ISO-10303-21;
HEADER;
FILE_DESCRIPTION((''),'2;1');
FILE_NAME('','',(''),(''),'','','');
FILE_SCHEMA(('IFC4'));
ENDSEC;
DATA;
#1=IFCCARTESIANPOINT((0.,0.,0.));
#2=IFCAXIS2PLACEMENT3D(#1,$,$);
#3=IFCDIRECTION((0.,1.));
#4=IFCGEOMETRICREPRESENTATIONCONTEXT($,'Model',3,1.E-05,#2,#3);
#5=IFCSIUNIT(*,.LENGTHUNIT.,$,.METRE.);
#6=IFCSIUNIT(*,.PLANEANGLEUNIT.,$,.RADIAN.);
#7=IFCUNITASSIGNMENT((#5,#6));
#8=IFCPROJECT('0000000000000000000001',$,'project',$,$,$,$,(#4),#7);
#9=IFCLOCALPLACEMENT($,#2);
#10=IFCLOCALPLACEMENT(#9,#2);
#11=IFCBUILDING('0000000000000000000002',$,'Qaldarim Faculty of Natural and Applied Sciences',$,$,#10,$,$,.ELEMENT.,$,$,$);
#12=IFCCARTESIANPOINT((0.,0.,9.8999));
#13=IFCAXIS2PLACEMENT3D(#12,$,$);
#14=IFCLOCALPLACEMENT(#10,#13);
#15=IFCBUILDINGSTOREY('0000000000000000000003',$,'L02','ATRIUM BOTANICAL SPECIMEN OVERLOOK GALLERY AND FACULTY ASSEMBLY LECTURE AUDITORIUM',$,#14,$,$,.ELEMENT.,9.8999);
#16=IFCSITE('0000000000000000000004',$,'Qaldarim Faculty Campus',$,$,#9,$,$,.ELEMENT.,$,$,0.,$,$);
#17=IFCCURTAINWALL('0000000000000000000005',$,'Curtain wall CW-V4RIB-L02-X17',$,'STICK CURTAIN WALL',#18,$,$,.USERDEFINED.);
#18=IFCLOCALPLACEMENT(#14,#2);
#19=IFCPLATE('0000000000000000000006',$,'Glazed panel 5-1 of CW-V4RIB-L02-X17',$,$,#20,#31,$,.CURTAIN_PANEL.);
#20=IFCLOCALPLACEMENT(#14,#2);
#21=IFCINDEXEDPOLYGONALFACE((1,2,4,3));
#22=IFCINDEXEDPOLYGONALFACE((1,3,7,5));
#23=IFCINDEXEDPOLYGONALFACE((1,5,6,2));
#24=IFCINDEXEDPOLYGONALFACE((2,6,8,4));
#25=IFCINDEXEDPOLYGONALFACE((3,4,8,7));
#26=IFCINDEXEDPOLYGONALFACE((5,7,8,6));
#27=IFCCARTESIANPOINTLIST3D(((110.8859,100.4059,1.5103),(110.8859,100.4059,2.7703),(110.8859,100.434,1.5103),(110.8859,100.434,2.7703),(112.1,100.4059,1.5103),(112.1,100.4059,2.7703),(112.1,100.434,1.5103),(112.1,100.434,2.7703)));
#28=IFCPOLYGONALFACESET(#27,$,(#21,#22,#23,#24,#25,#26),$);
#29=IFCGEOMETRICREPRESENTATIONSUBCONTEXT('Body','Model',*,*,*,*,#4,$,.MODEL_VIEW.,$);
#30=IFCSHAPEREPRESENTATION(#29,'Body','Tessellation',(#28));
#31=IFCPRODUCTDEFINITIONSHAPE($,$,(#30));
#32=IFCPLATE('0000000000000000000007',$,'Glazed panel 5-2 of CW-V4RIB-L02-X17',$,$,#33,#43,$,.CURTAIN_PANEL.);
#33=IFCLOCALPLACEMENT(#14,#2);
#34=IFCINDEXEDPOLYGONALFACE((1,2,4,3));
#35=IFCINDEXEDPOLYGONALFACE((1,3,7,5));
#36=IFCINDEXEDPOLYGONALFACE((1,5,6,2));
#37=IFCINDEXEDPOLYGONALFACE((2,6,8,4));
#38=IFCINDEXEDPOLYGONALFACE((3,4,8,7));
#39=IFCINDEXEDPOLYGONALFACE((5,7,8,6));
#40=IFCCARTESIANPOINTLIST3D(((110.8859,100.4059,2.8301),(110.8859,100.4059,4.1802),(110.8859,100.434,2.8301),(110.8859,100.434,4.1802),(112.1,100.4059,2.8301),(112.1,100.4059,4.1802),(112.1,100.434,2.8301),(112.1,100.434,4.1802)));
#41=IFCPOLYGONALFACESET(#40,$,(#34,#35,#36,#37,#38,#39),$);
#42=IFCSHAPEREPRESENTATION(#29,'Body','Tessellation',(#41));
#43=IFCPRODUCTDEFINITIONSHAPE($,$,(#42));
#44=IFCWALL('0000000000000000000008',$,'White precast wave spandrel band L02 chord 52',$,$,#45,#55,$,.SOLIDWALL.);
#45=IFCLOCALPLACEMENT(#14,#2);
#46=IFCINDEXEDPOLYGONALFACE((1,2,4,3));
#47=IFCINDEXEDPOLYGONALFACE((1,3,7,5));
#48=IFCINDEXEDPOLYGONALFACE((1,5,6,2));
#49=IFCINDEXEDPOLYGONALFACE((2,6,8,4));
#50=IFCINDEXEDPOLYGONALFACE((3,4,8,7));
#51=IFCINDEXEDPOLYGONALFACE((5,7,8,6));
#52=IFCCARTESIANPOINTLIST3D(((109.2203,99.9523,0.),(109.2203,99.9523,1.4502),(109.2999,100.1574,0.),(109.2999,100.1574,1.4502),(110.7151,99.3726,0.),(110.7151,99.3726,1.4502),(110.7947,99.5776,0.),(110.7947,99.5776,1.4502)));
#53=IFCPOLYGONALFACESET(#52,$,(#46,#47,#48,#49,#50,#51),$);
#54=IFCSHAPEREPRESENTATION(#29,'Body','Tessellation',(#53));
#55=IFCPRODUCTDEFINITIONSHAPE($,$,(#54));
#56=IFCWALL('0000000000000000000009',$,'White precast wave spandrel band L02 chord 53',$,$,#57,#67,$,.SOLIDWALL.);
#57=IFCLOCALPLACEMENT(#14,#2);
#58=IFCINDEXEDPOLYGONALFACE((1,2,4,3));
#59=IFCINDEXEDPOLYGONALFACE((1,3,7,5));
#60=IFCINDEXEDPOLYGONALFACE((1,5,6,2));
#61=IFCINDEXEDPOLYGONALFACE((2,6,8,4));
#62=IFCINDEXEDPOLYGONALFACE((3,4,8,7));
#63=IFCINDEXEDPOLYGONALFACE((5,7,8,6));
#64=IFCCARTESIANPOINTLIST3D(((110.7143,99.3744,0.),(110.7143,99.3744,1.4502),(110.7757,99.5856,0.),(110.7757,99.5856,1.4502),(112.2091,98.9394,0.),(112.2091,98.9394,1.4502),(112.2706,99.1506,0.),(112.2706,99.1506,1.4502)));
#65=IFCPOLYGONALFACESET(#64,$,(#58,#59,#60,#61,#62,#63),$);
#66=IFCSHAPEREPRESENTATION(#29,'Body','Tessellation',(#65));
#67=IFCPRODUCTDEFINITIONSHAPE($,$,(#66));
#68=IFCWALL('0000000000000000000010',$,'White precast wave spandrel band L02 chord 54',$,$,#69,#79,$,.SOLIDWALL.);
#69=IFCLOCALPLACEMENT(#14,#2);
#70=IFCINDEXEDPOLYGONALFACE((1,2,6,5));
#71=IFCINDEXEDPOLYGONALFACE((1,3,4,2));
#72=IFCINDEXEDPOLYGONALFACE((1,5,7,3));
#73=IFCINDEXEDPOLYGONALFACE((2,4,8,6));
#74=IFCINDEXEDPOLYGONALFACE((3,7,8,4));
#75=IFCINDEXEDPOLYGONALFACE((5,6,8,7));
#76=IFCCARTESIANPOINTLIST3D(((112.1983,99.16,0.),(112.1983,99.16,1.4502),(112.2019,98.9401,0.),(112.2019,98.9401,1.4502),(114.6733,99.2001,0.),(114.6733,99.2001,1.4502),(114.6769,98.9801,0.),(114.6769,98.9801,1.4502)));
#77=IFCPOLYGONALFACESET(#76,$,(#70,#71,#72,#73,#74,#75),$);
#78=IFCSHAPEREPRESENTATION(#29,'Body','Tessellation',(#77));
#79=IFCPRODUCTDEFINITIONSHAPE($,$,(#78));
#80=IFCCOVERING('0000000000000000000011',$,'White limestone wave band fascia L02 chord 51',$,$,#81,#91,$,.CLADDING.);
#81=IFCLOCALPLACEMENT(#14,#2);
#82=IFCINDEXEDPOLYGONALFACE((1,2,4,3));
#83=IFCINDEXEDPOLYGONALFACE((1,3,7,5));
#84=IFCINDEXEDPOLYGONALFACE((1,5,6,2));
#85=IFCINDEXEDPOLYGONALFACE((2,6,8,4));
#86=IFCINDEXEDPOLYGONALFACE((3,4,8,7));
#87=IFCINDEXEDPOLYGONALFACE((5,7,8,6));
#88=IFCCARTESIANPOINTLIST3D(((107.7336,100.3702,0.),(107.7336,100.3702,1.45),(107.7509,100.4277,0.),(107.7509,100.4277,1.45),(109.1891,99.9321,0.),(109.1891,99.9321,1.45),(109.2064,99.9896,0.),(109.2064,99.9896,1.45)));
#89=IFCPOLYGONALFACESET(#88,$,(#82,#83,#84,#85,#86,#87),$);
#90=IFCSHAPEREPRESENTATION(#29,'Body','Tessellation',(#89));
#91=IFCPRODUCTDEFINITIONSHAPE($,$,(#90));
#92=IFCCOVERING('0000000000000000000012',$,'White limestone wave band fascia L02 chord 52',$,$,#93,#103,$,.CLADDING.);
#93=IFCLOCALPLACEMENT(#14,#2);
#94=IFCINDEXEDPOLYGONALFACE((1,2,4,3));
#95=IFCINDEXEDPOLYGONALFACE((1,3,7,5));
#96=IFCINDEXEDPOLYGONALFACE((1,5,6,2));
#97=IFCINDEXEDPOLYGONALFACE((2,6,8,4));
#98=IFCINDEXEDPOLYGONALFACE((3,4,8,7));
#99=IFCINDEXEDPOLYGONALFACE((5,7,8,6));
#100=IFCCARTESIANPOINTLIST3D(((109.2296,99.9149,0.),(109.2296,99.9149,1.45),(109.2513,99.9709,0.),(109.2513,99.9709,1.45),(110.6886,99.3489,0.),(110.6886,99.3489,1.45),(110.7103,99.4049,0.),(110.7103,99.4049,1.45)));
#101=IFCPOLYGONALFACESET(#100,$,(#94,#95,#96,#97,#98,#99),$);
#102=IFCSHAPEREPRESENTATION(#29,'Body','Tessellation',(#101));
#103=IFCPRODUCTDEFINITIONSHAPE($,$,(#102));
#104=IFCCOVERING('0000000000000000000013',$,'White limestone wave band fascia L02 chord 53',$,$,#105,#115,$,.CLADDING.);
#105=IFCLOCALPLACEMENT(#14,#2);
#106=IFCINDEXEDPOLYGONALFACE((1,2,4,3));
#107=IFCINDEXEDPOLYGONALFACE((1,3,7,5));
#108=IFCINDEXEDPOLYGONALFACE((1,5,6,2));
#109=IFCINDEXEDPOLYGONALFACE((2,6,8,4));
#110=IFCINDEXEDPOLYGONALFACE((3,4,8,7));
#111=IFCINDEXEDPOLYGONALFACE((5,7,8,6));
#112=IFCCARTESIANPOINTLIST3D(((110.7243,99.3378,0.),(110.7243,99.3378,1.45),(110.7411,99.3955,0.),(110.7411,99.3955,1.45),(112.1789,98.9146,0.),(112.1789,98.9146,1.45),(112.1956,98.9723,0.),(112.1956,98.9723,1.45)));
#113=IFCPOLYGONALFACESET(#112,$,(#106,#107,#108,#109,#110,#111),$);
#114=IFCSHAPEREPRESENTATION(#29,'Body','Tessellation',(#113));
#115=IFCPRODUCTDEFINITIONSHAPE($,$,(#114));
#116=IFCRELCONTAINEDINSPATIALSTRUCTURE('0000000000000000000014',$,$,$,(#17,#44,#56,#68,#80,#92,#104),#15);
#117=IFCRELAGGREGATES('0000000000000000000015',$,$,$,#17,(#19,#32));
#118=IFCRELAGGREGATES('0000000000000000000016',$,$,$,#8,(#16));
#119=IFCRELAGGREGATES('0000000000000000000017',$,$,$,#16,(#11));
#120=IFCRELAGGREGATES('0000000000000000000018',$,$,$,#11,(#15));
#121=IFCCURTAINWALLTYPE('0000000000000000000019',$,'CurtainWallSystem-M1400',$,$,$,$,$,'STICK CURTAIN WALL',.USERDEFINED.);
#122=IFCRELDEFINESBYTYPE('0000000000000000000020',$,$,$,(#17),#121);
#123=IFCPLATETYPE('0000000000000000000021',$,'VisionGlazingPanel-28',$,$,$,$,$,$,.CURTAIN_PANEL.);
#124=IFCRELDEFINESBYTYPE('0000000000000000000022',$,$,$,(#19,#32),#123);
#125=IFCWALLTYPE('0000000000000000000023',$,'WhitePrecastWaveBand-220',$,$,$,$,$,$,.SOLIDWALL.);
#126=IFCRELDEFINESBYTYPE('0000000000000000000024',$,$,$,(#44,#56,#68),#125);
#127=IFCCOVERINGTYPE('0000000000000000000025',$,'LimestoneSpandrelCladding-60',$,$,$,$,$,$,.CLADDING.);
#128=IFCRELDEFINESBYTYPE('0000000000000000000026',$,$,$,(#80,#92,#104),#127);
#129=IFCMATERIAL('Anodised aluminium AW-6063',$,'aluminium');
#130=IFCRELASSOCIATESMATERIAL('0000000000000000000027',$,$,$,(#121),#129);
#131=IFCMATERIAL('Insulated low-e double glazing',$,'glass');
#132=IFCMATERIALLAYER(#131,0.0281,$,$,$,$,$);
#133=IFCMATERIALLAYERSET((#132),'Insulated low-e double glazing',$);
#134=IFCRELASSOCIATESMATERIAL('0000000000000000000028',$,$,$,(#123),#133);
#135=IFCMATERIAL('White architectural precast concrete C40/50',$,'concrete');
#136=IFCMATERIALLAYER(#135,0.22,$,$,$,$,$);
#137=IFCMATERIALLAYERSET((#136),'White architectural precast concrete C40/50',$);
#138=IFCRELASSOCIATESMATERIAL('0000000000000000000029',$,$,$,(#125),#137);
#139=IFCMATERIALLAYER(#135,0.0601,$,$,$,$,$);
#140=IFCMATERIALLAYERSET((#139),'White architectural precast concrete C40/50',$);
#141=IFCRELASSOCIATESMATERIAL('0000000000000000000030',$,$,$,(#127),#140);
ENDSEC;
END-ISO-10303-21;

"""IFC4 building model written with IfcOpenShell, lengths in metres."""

from ifc_helpers import new_model, si_unit, direction, frame, frame_2d, origin, origin_2d, place, context, subcontext, project, spatial, rectangle, extrude, material, layer, layer_set, type_object, element, aggregate, save


model = new_model("IFC4")

# Units and contexts
model_context = context("Model", 3, precision=1e-05, world=origin(), true_north=direction((0.0, 1.0)))
body_context = subcontext(model_context, "Body", "Model", "MODEL_VIEW")
ifc_project = project(units=[si_unit("LENGTHUNIT", "METRE"), si_unit("PLANEANGLEUNIT", "RADIAN")], contexts=[model_context])

# Site, building, storey
site_placement = place(None, origin())
site = spatial("IfcSite", under=ifc_project, at=site_placement, Name="Qaldarim Faculty Campus", CompositionType="ELEMENT", RefElevation=0.0)
building_placement = place(site_placement, origin())
building = spatial("IfcBuilding", under=site, at=building_placement, Name="Qaldarim Faculty of Natural and Applied Sciences", CompositionType="ELEMENT")
storey_placement = place(building_placement, frame((0.0, 0.0, 9.8999)))
storey = spatial("IfcBuildingStorey", under=building, at=storey_placement, Name="L02", Description="ATRIUM BOTANICAL SPECIMEN OVERLOOK GALLERY AND FACULTY ASSEMBLY LECTURE AUDITORIUM", CompositionType="ELEMENT", Elevation=9.8999)

# Curtain wall, plates
ifc_material_1 = material(Name="Anodised aluminium AW-6063", Category="aluminium")
curtain_wall_type = type_object("IfcCurtainWallType", Name="CurtainWallSystem-M1400", ElementType="STICK CURTAIN WALL", PredefinedType="USERDEFINED", material=ifc_material_1)
curtain_wall_placement = place(storey_placement, origin())
curtain_wall = element("IfcCurtainWall", 1, at=curtain_wall_placement, inside=storey, type_object=curtain_wall_type, Name="Curtain wall CW-V4RIB-L02-X17", ObjectType="STICK CURTAIN WALL", PredefinedType="USERDEFINED")
ifc_material_2 = material(Name="Insulated low-e double glazing", Category="glass")
ifc_layer_1 = layer(ifc_material_2, 0.0281)
ifc_layer_set_1 = layer_set([ifc_layer_1], Name="Insulated low-e double glazing")
plate_type = type_object("IfcPlateType", Name="VisionGlazingPanel-28", PredefinedType="CURTAIN_PANEL", material=ifc_layer_set_1)
plate_1_placement = place(storey_placement, frame((111.4929, 100.4199, 1.5103), z_axis=(0.0, 0.0, 1.0), x_axis=(1.0, 0.0, 0.0)))
plate_1 = element("IfcPlate", 2, at=plate_1_placement, type_object=plate_type, Name="Glazed panel 5-1 of CW-V4RIB-L02-X17", PredefinedType="CURTAIN_PANEL", context=body_context, shape_type="SweptSolid", body=[
    extrude(rectangle(XDim=1.2141, YDim=0.0281, at=origin_2d()), origin(), (0.0, 0.0, 1.0), 1.26),
])
plate_2_placement = place(storey_placement, frame((111.4929, 100.4199, 2.8301), z_axis=(0.0, 0.0, 1.0), x_axis=(1.0, 0.0, 0.0)))
plate_2 = element("IfcPlate", 3, at=plate_2_placement, type_object=plate_type, Name="Glazed panel 5-2 of CW-V4RIB-L02-X17", PredefinedType="CURTAIN_PANEL", context=body_context, shape_type="SweptSolid", body=[
    extrude(rectangle(XDim=1.2141, YDim=0.0281, at=origin_2d()), origin(), (0.0, 0.0, 1.0), 1.3501),
])
aggregate(curtain_wall, [plate_1, plate_2])

# Walls
ifc_material_3 = material(Name="White architectural precast concrete C40/50", Category="concrete")
ifc_layer_2 = layer(ifc_material_3, 0.22)
ifc_layer_set_2 = layer_set([ifc_layer_2], Name="White architectural precast concrete C40/50")
wall_type = type_object("IfcWallType", Name="WhitePrecastWaveBand-220", PredefinedType="SOLIDWALL", material=ifc_layer_set_2)
wall_1_placement = place(storey_placement, frame((109.26, 100.0549, 0.0), z_axis=(0.0, 0.0, 1.0), x_axis=(0.932322, -0.361631, 0.0)))
element("IfcWall", 4, at=wall_1_placement, inside=storey, type_object=wall_type, Name="White precast wave spandrel band L02 chord 52", PredefinedType="SOLIDWALL", context=body_context, shape_type="SweptSolid", body=[
    extrude(rectangle(XDim=1.6033, YDim=0.22, at=frame_2d((0.8018, 0.0))), origin(), (0.0, 0.0, 1.0), 1.4502),
])
wall_2_placement = place(storey_placement, frame((110.7451, 99.48, 0.0), z_axis=(0.0, 0.0, 1.0), x_axis=(0.960163, -0.27944, 0.0)))
element("IfcWall", 5, at=wall_2_placement, inside=storey, type_object=wall_type, Name="White precast wave spandrel band L02 chord 53", PredefinedType="SOLIDWALL", context=body_context, shape_type="SweptSolid", body=[
    extrude(rectangle(XDim=1.5569, YDim=0.22, at=frame_2d((0.7783, 0.0))), origin(), (0.0, 0.0, 1.0), 1.4502),
])
wall_3_placement = place(storey_placement, frame((112.2, 99.05, 0.0), z_axis=(0.0, 0.0, 1.0), x_axis=(0.999869, 0.016175, 0.0)))
element("IfcWall", 6, at=wall_3_placement, inside=storey, type_object=wall_type, Name="White precast wave spandrel band L02 chord 54", PredefinedType="SOLIDWALL", context=body_context, shape_type="SweptSolid", body=[
    extrude(rectangle(XDim=2.4753, YDim=0.22, at=frame_2d((1.2378, 0.0))), origin(), (0.0, 0.0, 1.0), 1.4502),
])

# Coverings
ifc_layer_3 = layer(ifc_material_3, 0.0601)
ifc_layer_set_3 = layer_set([ifc_layer_3], Name="White architectural precast concrete C40/50")
covering_type = type_object("IfcCoveringType", Name="LimestoneSpandrelCladding-60", PredefinedType="CLADDING", material=ifc_layer_set_3)
covering_1_placement = place(storey_placement, frame((108.47, 100.1799, 0.0), z_axis=(0.0, 0.0, 1.0), x_axis=(0.957561, -0.28823, 0.0)))
element("IfcCovering", 7, at=covering_1_placement, inside=storey, type_object=covering_type, Name="White limestone wave band fascia L02 chord 51", PredefinedType="CLADDING", context=body_context, shape_type="SweptSolid", body=[
    extrude(rectangle(XDim=1.52, YDim=0.0601, at=origin_2d()), origin(), (0.0, 0.0, 1.0), 1.45),
])
covering_2_placement = place(storey_placement, frame((109.97, 99.6599, 0.0), z_axis=(0.0, 0.0, 1.0), x_axis=(0.932299, -0.36169, 0.0)))
element("IfcCovering", 8, at=covering_2_placement, inside=storey, type_object=covering_type, Name="White limestone wave band fascia L02 chord 52", PredefinedType="CLADDING", context=body_context, shape_type="SweptSolid", body=[
    extrude(rectangle(XDim=1.5649, YDim=0.0601, at=origin_2d()), origin(), (0.0, 0.0, 1.0), 1.45),
])
covering_3_placement = place(storey_placement, frame((111.46, 99.155, 0.0), z_axis=(0.0, 0.0, 1.0), x_axis=(0.960182, -0.279377, 0.0)))
element("IfcCovering", 9, at=covering_3_placement, inside=storey, type_object=covering_type, Name="White limestone wave band fascia L02 chord 53", PredefinedType="CLADDING", context=body_context, shape_type="SweptSolid", body=[
    extrude(rectangle(XDim=1.5149, YDim=0.0601, at=origin_2d()), origin(), (0.0, 0.0, 1.0), 1.45),
])

save(model, "model.ifc")
